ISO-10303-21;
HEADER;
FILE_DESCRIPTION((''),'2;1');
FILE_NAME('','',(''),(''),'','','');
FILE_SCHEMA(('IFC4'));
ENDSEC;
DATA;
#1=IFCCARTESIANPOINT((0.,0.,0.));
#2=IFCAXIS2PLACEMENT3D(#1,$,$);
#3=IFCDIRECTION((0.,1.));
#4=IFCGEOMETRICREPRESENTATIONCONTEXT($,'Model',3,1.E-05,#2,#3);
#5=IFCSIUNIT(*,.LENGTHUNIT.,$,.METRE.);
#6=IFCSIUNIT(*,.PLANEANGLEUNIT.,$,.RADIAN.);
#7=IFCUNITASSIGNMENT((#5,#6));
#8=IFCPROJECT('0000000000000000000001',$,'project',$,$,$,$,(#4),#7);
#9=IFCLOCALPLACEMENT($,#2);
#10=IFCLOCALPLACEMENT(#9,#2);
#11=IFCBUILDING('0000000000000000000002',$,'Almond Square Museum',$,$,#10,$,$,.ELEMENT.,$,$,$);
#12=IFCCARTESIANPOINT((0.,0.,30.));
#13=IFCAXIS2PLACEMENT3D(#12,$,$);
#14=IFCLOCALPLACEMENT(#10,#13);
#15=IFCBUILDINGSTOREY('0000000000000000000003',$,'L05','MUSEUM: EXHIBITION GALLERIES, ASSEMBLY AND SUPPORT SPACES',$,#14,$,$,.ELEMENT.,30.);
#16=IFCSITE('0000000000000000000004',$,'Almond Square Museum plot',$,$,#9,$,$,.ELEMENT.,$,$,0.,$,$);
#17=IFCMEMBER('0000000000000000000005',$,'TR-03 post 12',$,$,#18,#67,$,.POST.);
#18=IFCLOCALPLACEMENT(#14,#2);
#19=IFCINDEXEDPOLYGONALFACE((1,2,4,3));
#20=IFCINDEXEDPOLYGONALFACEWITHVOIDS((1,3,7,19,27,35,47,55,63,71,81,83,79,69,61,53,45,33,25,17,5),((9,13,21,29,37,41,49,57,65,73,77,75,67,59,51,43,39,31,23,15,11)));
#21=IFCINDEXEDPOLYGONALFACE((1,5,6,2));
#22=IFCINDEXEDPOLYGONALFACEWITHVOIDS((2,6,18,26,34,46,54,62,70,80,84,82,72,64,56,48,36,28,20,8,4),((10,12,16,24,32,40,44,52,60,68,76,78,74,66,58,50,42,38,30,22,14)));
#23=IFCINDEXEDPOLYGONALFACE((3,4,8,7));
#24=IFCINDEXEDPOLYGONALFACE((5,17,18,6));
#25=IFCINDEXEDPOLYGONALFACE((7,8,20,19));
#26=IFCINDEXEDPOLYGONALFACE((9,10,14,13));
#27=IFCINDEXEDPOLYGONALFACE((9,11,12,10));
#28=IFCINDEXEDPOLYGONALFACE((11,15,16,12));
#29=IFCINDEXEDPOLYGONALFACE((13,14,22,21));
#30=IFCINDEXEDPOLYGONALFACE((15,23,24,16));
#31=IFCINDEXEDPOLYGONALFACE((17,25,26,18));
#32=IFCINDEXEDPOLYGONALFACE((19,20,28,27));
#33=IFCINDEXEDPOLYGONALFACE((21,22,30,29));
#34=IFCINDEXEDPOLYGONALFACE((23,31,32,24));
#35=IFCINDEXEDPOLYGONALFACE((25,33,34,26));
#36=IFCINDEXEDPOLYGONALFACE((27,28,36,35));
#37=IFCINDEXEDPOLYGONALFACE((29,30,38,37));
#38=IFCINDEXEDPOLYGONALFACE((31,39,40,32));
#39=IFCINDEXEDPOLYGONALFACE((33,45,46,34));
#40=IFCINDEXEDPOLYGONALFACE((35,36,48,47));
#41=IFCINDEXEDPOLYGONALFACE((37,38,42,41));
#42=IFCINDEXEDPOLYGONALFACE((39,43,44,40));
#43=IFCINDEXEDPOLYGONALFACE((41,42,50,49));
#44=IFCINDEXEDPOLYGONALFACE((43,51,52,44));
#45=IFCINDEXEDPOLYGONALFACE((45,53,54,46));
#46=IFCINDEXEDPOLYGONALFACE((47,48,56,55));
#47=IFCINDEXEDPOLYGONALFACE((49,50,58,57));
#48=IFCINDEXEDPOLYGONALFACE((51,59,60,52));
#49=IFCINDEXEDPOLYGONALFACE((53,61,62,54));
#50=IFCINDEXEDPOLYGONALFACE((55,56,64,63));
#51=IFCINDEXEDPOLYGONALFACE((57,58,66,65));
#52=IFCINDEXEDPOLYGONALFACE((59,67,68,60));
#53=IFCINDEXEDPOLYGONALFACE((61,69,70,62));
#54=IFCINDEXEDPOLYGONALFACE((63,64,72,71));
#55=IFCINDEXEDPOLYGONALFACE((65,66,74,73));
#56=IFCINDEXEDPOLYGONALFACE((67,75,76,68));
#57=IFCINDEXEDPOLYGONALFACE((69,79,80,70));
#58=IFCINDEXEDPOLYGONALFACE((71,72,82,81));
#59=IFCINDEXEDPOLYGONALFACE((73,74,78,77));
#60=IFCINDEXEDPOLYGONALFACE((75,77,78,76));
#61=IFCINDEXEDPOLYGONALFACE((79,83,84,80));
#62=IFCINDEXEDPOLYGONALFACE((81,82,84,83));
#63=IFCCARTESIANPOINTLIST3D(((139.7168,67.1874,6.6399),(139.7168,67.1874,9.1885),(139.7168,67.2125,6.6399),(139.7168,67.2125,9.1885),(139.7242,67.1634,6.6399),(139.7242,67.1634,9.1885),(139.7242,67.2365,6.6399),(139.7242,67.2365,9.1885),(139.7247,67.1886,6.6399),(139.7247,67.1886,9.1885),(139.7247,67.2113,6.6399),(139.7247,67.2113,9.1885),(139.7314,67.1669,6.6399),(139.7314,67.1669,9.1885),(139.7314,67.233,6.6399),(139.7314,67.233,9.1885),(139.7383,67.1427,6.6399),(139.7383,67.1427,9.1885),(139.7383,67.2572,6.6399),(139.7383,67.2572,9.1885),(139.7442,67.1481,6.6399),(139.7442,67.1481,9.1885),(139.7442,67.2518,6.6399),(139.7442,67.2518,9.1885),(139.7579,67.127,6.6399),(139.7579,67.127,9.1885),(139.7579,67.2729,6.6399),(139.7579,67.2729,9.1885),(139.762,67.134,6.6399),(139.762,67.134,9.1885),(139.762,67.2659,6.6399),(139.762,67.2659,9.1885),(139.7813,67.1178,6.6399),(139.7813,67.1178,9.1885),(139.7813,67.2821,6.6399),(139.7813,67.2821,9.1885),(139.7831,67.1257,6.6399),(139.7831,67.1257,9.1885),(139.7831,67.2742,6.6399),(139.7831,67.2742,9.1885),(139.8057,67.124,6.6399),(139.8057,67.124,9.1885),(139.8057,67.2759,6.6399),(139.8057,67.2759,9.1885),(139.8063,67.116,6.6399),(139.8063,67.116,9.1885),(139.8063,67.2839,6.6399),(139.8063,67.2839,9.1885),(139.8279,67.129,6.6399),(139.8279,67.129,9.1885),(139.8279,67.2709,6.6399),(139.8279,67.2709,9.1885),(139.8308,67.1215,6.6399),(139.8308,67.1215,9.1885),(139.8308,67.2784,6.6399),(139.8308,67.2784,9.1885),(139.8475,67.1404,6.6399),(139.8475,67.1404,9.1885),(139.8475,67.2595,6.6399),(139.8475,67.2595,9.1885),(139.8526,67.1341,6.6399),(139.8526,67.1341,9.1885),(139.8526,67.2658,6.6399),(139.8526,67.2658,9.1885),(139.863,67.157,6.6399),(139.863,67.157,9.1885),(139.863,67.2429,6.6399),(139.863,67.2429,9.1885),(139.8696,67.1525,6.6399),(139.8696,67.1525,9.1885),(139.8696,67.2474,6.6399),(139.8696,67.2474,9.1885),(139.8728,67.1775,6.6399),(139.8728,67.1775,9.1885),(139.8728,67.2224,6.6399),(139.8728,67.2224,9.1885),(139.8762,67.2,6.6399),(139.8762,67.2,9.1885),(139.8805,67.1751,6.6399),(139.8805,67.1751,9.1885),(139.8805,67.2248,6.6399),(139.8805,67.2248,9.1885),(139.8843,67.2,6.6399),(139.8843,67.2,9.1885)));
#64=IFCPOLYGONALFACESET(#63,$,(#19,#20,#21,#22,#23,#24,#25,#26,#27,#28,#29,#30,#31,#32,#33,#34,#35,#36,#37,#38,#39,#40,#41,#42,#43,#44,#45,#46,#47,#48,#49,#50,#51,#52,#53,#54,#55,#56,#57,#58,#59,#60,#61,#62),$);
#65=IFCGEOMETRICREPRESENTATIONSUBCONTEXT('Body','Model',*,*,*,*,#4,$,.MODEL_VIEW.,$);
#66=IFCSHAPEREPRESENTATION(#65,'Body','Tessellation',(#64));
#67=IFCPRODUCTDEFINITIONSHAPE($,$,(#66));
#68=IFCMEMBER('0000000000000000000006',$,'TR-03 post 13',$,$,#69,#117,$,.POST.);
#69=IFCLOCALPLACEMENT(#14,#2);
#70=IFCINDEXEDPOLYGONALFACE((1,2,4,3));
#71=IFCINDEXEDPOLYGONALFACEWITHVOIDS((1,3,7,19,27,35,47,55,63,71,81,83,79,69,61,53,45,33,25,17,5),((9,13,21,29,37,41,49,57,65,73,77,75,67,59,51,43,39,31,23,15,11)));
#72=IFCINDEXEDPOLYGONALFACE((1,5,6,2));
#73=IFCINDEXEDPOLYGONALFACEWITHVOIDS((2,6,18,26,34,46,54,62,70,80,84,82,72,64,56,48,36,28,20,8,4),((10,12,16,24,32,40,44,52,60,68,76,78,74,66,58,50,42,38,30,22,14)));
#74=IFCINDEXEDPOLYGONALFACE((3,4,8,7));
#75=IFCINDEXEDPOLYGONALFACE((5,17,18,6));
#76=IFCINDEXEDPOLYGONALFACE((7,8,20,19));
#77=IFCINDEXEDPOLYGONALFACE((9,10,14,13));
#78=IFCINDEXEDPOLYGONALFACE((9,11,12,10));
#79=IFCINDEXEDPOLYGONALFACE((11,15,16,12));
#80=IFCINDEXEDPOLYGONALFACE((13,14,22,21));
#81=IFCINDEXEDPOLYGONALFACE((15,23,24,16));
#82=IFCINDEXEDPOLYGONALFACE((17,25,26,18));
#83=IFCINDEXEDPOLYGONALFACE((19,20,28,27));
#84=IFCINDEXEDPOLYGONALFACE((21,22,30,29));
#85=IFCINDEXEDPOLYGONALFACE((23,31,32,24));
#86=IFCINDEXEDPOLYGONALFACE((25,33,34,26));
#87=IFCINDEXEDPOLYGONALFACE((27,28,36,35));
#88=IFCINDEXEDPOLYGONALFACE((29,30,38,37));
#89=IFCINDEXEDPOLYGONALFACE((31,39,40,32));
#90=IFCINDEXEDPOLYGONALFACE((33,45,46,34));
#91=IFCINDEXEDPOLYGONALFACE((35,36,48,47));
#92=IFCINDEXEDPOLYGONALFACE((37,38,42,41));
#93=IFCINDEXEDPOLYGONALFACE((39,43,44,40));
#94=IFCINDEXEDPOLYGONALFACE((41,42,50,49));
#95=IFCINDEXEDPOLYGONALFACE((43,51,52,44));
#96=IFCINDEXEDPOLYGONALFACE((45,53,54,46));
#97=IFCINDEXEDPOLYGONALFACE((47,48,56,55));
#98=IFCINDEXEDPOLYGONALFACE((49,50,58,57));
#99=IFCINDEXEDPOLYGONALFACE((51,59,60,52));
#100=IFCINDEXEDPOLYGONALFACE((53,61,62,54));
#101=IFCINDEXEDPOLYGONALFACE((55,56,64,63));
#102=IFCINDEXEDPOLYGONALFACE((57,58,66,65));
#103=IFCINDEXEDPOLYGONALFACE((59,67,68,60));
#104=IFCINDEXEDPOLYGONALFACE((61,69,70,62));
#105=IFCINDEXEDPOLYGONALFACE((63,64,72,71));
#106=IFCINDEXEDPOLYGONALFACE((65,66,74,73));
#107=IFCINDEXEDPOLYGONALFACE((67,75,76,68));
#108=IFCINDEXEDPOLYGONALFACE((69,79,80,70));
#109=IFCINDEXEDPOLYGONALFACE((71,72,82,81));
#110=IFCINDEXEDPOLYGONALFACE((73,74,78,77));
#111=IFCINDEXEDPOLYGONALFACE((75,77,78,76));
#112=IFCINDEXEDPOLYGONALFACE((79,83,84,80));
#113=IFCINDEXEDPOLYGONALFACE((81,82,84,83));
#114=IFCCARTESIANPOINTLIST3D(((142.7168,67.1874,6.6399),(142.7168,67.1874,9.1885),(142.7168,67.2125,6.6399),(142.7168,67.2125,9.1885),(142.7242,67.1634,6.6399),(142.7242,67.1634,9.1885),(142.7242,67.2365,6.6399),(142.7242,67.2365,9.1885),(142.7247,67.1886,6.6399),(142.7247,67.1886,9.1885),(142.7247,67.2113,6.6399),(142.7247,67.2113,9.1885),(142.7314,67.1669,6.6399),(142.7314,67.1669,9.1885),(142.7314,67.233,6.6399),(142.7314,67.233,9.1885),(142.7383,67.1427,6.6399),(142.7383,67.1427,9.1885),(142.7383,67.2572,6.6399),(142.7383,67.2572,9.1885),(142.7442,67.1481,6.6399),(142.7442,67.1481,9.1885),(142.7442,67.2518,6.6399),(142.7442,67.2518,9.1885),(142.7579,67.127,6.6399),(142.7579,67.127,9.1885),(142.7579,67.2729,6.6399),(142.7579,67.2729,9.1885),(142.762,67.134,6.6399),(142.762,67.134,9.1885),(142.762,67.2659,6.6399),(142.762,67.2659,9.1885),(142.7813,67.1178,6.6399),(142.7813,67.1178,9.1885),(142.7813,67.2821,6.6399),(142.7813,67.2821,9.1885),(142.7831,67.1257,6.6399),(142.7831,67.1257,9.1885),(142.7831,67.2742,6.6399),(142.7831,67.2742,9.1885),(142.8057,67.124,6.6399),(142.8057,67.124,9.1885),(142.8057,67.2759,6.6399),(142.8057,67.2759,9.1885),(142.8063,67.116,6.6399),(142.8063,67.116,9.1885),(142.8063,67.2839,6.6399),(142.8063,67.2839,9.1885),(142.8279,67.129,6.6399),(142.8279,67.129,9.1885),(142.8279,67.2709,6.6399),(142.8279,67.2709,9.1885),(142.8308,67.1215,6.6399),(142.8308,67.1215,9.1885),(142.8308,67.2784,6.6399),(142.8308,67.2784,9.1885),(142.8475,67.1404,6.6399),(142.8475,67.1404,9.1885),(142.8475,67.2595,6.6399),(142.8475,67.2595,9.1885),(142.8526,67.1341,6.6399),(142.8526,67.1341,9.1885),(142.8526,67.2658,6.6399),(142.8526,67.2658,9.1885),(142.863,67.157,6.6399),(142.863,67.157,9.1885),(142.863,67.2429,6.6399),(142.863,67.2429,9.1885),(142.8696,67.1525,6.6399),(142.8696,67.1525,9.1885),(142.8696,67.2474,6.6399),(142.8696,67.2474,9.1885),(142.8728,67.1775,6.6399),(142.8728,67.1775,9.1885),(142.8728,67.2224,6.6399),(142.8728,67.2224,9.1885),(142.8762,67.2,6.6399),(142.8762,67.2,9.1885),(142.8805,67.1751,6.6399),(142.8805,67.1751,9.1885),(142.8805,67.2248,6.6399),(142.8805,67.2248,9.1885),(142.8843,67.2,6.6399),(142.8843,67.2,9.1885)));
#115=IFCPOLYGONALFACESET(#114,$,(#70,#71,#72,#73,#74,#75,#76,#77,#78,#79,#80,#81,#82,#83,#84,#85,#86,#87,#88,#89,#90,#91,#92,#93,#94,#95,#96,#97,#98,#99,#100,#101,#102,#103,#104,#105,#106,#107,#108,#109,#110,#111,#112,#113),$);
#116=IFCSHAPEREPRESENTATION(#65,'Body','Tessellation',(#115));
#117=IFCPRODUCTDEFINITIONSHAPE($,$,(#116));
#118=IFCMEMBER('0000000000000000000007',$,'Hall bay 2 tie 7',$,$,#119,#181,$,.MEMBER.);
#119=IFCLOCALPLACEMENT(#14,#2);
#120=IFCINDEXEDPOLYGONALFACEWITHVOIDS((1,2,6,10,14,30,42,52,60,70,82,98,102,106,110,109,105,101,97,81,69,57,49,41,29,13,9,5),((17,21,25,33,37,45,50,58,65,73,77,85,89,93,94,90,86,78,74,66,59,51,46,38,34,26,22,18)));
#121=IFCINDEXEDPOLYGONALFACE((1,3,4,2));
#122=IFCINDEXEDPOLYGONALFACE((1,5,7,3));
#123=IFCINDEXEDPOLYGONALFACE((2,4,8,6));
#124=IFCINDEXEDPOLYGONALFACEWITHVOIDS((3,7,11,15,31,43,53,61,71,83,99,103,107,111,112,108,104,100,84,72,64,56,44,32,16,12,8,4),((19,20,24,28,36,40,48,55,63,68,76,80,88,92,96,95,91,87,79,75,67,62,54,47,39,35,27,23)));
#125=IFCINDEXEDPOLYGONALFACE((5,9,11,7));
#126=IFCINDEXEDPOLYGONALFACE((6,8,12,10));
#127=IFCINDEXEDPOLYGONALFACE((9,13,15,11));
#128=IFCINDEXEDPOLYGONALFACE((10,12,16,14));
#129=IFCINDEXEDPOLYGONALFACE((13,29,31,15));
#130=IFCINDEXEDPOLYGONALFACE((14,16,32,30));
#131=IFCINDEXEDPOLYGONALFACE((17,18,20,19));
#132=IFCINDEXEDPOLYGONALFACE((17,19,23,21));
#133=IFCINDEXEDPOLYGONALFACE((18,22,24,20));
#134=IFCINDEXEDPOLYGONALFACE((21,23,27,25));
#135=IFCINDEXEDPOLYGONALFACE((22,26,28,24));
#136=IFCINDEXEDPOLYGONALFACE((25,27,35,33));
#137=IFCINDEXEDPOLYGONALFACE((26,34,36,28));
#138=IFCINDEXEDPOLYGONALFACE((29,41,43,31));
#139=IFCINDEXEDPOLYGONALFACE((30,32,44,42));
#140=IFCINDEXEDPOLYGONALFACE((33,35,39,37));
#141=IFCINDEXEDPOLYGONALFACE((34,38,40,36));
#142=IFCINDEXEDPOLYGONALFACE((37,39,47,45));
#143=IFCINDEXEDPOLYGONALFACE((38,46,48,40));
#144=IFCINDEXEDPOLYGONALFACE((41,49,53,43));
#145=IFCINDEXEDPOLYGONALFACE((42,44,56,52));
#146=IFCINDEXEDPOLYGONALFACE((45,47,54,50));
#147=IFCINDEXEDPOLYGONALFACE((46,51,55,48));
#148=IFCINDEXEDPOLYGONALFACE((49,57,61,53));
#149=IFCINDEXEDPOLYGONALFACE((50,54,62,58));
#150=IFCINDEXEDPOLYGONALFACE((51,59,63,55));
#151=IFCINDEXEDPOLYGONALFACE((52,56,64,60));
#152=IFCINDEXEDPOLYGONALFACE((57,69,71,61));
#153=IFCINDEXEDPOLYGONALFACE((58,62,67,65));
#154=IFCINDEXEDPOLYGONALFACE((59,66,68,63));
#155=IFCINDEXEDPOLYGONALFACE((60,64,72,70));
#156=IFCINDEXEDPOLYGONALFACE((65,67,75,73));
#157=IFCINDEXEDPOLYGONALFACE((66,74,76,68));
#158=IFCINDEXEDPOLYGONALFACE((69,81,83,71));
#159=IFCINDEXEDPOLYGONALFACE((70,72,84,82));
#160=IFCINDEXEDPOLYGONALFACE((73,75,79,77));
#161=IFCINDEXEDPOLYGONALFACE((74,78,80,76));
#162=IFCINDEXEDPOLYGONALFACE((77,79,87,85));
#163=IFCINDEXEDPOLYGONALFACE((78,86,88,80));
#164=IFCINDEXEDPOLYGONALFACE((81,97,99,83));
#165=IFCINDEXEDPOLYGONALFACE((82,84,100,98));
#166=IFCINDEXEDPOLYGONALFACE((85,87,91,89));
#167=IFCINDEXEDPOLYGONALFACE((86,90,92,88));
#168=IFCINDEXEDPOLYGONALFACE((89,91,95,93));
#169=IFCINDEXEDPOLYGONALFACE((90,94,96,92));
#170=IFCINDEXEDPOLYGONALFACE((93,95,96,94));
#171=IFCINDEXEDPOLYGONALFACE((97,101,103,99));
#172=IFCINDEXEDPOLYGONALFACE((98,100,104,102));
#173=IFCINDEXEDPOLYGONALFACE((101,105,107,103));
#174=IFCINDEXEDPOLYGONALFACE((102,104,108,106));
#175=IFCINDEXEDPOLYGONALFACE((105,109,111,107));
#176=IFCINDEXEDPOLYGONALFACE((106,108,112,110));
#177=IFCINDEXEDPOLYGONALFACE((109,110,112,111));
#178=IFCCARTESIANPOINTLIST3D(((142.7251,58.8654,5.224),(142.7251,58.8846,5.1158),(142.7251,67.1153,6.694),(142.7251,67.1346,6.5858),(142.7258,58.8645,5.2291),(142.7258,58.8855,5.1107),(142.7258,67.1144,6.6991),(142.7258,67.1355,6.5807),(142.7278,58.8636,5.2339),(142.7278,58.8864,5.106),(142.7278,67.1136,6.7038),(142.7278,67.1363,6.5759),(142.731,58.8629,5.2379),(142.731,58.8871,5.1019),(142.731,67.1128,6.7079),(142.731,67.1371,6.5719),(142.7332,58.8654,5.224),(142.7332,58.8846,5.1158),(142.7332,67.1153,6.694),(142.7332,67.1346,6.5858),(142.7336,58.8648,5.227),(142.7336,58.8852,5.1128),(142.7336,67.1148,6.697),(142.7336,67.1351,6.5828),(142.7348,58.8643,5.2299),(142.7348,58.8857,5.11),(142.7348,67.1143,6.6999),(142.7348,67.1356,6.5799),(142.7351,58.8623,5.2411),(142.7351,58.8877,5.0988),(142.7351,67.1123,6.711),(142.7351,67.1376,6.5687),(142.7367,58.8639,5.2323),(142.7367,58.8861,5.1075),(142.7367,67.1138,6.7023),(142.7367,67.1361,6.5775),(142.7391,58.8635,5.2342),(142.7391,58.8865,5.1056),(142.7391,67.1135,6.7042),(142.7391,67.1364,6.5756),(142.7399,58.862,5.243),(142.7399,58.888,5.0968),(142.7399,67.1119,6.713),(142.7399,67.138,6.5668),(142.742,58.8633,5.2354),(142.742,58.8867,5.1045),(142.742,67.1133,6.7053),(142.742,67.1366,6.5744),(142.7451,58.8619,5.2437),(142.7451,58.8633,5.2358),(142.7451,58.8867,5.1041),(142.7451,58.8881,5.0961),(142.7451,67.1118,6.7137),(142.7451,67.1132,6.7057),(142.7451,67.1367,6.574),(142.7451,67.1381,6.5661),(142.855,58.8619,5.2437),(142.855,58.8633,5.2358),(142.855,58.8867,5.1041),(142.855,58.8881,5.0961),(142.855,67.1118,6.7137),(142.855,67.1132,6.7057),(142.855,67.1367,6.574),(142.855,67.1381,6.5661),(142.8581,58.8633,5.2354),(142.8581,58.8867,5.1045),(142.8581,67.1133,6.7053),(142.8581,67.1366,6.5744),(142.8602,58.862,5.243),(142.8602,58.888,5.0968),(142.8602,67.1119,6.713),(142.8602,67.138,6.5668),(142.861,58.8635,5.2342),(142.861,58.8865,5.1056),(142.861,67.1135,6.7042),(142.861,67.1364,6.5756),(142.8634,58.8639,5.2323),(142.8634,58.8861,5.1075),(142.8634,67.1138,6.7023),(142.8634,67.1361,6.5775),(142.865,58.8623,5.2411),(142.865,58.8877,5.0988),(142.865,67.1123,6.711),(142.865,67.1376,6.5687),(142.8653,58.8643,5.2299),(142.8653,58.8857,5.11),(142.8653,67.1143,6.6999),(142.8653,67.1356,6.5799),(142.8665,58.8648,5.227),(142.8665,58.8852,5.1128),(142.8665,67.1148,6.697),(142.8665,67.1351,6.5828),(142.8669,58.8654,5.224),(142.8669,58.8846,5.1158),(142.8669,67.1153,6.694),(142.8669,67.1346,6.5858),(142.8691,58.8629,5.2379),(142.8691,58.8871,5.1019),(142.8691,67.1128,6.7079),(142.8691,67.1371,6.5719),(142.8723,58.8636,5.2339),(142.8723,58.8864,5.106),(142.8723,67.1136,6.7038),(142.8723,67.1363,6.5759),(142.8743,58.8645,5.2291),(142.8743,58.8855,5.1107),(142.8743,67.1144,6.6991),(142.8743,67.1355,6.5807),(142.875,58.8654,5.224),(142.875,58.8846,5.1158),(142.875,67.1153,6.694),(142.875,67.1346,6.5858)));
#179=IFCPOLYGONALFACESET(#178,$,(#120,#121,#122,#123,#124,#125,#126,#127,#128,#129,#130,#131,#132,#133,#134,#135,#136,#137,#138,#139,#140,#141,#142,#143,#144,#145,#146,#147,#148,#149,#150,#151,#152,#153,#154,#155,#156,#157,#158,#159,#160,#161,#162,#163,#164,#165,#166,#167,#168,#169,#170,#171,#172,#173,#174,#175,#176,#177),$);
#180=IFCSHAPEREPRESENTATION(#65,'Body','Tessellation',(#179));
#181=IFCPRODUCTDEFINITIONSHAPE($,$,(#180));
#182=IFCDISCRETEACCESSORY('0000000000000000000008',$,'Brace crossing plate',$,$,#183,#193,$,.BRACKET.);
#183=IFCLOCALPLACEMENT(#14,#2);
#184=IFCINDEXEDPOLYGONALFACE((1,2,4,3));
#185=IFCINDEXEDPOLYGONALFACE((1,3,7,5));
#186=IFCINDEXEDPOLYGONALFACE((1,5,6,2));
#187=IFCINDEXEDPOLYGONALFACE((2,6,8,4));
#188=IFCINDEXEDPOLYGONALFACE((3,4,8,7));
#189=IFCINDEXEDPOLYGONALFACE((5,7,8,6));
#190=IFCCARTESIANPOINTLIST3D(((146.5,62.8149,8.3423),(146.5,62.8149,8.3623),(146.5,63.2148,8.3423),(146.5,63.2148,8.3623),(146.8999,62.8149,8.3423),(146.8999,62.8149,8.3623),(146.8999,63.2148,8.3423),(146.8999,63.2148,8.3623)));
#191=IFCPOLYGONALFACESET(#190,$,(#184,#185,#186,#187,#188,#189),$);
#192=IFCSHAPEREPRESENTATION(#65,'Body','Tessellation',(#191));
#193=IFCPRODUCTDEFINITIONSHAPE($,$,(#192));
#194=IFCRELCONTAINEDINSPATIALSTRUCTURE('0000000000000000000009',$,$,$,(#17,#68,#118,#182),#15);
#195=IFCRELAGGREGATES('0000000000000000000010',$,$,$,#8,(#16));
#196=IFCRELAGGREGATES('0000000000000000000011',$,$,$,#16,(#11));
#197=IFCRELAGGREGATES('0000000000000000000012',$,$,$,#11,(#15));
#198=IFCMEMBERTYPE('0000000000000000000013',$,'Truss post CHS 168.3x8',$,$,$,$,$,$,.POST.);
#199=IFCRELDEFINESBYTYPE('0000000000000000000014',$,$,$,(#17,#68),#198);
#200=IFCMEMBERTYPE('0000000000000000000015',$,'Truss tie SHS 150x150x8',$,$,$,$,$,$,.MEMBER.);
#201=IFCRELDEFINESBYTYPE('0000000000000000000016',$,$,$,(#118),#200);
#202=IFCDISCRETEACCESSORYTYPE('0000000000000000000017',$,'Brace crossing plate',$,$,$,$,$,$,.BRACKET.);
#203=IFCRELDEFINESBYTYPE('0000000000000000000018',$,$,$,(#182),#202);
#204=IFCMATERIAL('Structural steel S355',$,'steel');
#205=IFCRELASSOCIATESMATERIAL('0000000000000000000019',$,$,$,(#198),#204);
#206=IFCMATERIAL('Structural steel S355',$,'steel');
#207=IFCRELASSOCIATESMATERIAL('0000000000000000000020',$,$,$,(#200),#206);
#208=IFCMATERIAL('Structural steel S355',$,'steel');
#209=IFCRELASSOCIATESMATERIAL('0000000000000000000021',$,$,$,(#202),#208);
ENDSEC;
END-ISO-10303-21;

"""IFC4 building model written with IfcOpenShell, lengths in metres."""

from ifc_helpers import new_model, si_unit, direction, frame, origin, origin_2d, place, context, subcontext, project, spatial, rectangle, hollow_rectangle, hollow_circle, extrude, material, material_profile, profile_set, type_object, element, save


model = new_model("IFC4")

# Units and contexts
model_context = context("Model", 3, precision=1e-05, world=origin(), true_north=direction((0.0, 1.0)))
body_context = subcontext(model_context, "Body", "Model", "MODEL_VIEW")
ifc_project = project(units=[si_unit("LENGTHUNIT", "METRE"), si_unit("PLANEANGLEUNIT", "RADIAN")], contexts=[model_context])

# Site, building, storey
site_placement = place(None, origin())
site = spatial("IfcSite", under=ifc_project, at=site_placement, Name="Almond Square Museum plot", CompositionType="ELEMENT", RefElevation=0.0)
building_placement = place(site_placement, origin())
building = spatial("IfcBuilding", under=site, at=building_placement, Name="Almond Square Museum", CompositionType="ELEMENT")
storey_placement = place(building_placement, frame((0.0, 0.0, 30.0)))
storey = spatial("IfcBuildingStorey", under=building, at=storey_placement, Name="L05", Description="MUSEUM: EXHIBITION GALLERIES, ASSEMBLY AND SUPPORT SPACES", CompositionType="ELEMENT", Elevation=30.0)

# Members
ifc_material_1 = material(Name="Structural steel S355", Category="steel")
ifc_material_profile_1 = material_profile(ifc_material_1, hollow_circle(Radius=0.0842, WallThickness=0.0081, at=origin_2d()))
ifc_profile_set_1 = profile_set([ifc_material_profile_1], Name="Structural steel S355")
member_type_1 = type_object("IfcMemberType", Name="Truss post CHS 168.3x8", PredefinedType="POST", material=ifc_profile_set_1)
for number, where, z_axis, x_axis, name in (
    (1, (139.8, 67.2, 6.6399), (0.0, 0.0, 1.0), (1.0, 0.0, 0.0), "TR-03 post 12"),
    (2, (142.8, 67.2, 6.6399), (0.0, 0.0, 1.0), (1.0, 0.0, 0.0), "TR-03 post 13"),
):
    element("IfcMember", number, at=place(storey_placement, frame(where, z_axis=z_axis, x_axis=x_axis)), inside=storey, type_object=member_type_1, Name=name, PredefinedType="POST", context=body_context, shape_type="SweptSolid", body=[
        extrude(hollow_circle(Radius=0.0842, WallThickness=0.0081, at=origin_2d()), origin(), (0.0, 0.0, 1.0), 2.5486),
    ])
ifc_material_2 = material(Name="Structural steel S355", Category="steel")
ifc_material_profile_2 = material_profile(ifc_material_2, hollow_rectangle(XDim=0.1499, YDim=0.1499, WallThickness=0.0081, InnerFilletRadius=0.012, OuterFilletRadius=0.02, at=origin_2d()))
ifc_profile_set_2 = profile_set([ifc_material_profile_2], Name="Structural steel S355")
member_type_2 = type_object("IfcMemberType", Name="Truss tie SHS 150x150x8", PredefinedType="MEMBER", material=ifc_profile_set_2)
member_1_placement = place(storey_placement, frame((142.8, 58.875, 5.1699), z_axis=(0.0, 0.984494, 0.175416), x_axis=(-1.0, 0.0, 0.0)))
element("IfcMember", 3, at=member_1_placement, inside=storey, type_object=member_type_2, Name="Hall bay 2 tie 7", PredefinedType="MEMBER", context=body_context, shape_type="SweptSolid", body=[
    extrude(hollow_rectangle(XDim=0.1499, YDim=0.1499, WallThickness=0.0081, InnerFilletRadius=0.012, OuterFilletRadius=0.02, at=origin_2d()), origin(), (0.0, 0.0, 1.0), 8.3799),
])

# Discrete accessory
ifc_material_3 = material(Name="Structural steel S355", Category="steel")
discrete_accessory_type_1 = type_object("IfcDiscreteAccessoryType", Name="Brace crossing plate", PredefinedType="BRACKET", material=ifc_material_3)
discrete_accessory_placement = place(storey_placement, frame((146.7, 63.0149, 8.3423), z_axis=(0.0, 0.0, 1.0), x_axis=(1.0, 0.0, 0.0)))
element("IfcDiscreteAccessory", 4, at=discrete_accessory_placement, inside=storey, type_object=discrete_accessory_type_1, Name="Brace crossing plate", PredefinedType="BRACKET", context=body_context, shape_type="SweptSolid", body=[
    extrude(rectangle(XDim=0.3999, YDim=0.3999, at=origin_2d()), origin(), (0.0, 0.0, 1.0), 0.02),
])

save(model, "model.ifc")
